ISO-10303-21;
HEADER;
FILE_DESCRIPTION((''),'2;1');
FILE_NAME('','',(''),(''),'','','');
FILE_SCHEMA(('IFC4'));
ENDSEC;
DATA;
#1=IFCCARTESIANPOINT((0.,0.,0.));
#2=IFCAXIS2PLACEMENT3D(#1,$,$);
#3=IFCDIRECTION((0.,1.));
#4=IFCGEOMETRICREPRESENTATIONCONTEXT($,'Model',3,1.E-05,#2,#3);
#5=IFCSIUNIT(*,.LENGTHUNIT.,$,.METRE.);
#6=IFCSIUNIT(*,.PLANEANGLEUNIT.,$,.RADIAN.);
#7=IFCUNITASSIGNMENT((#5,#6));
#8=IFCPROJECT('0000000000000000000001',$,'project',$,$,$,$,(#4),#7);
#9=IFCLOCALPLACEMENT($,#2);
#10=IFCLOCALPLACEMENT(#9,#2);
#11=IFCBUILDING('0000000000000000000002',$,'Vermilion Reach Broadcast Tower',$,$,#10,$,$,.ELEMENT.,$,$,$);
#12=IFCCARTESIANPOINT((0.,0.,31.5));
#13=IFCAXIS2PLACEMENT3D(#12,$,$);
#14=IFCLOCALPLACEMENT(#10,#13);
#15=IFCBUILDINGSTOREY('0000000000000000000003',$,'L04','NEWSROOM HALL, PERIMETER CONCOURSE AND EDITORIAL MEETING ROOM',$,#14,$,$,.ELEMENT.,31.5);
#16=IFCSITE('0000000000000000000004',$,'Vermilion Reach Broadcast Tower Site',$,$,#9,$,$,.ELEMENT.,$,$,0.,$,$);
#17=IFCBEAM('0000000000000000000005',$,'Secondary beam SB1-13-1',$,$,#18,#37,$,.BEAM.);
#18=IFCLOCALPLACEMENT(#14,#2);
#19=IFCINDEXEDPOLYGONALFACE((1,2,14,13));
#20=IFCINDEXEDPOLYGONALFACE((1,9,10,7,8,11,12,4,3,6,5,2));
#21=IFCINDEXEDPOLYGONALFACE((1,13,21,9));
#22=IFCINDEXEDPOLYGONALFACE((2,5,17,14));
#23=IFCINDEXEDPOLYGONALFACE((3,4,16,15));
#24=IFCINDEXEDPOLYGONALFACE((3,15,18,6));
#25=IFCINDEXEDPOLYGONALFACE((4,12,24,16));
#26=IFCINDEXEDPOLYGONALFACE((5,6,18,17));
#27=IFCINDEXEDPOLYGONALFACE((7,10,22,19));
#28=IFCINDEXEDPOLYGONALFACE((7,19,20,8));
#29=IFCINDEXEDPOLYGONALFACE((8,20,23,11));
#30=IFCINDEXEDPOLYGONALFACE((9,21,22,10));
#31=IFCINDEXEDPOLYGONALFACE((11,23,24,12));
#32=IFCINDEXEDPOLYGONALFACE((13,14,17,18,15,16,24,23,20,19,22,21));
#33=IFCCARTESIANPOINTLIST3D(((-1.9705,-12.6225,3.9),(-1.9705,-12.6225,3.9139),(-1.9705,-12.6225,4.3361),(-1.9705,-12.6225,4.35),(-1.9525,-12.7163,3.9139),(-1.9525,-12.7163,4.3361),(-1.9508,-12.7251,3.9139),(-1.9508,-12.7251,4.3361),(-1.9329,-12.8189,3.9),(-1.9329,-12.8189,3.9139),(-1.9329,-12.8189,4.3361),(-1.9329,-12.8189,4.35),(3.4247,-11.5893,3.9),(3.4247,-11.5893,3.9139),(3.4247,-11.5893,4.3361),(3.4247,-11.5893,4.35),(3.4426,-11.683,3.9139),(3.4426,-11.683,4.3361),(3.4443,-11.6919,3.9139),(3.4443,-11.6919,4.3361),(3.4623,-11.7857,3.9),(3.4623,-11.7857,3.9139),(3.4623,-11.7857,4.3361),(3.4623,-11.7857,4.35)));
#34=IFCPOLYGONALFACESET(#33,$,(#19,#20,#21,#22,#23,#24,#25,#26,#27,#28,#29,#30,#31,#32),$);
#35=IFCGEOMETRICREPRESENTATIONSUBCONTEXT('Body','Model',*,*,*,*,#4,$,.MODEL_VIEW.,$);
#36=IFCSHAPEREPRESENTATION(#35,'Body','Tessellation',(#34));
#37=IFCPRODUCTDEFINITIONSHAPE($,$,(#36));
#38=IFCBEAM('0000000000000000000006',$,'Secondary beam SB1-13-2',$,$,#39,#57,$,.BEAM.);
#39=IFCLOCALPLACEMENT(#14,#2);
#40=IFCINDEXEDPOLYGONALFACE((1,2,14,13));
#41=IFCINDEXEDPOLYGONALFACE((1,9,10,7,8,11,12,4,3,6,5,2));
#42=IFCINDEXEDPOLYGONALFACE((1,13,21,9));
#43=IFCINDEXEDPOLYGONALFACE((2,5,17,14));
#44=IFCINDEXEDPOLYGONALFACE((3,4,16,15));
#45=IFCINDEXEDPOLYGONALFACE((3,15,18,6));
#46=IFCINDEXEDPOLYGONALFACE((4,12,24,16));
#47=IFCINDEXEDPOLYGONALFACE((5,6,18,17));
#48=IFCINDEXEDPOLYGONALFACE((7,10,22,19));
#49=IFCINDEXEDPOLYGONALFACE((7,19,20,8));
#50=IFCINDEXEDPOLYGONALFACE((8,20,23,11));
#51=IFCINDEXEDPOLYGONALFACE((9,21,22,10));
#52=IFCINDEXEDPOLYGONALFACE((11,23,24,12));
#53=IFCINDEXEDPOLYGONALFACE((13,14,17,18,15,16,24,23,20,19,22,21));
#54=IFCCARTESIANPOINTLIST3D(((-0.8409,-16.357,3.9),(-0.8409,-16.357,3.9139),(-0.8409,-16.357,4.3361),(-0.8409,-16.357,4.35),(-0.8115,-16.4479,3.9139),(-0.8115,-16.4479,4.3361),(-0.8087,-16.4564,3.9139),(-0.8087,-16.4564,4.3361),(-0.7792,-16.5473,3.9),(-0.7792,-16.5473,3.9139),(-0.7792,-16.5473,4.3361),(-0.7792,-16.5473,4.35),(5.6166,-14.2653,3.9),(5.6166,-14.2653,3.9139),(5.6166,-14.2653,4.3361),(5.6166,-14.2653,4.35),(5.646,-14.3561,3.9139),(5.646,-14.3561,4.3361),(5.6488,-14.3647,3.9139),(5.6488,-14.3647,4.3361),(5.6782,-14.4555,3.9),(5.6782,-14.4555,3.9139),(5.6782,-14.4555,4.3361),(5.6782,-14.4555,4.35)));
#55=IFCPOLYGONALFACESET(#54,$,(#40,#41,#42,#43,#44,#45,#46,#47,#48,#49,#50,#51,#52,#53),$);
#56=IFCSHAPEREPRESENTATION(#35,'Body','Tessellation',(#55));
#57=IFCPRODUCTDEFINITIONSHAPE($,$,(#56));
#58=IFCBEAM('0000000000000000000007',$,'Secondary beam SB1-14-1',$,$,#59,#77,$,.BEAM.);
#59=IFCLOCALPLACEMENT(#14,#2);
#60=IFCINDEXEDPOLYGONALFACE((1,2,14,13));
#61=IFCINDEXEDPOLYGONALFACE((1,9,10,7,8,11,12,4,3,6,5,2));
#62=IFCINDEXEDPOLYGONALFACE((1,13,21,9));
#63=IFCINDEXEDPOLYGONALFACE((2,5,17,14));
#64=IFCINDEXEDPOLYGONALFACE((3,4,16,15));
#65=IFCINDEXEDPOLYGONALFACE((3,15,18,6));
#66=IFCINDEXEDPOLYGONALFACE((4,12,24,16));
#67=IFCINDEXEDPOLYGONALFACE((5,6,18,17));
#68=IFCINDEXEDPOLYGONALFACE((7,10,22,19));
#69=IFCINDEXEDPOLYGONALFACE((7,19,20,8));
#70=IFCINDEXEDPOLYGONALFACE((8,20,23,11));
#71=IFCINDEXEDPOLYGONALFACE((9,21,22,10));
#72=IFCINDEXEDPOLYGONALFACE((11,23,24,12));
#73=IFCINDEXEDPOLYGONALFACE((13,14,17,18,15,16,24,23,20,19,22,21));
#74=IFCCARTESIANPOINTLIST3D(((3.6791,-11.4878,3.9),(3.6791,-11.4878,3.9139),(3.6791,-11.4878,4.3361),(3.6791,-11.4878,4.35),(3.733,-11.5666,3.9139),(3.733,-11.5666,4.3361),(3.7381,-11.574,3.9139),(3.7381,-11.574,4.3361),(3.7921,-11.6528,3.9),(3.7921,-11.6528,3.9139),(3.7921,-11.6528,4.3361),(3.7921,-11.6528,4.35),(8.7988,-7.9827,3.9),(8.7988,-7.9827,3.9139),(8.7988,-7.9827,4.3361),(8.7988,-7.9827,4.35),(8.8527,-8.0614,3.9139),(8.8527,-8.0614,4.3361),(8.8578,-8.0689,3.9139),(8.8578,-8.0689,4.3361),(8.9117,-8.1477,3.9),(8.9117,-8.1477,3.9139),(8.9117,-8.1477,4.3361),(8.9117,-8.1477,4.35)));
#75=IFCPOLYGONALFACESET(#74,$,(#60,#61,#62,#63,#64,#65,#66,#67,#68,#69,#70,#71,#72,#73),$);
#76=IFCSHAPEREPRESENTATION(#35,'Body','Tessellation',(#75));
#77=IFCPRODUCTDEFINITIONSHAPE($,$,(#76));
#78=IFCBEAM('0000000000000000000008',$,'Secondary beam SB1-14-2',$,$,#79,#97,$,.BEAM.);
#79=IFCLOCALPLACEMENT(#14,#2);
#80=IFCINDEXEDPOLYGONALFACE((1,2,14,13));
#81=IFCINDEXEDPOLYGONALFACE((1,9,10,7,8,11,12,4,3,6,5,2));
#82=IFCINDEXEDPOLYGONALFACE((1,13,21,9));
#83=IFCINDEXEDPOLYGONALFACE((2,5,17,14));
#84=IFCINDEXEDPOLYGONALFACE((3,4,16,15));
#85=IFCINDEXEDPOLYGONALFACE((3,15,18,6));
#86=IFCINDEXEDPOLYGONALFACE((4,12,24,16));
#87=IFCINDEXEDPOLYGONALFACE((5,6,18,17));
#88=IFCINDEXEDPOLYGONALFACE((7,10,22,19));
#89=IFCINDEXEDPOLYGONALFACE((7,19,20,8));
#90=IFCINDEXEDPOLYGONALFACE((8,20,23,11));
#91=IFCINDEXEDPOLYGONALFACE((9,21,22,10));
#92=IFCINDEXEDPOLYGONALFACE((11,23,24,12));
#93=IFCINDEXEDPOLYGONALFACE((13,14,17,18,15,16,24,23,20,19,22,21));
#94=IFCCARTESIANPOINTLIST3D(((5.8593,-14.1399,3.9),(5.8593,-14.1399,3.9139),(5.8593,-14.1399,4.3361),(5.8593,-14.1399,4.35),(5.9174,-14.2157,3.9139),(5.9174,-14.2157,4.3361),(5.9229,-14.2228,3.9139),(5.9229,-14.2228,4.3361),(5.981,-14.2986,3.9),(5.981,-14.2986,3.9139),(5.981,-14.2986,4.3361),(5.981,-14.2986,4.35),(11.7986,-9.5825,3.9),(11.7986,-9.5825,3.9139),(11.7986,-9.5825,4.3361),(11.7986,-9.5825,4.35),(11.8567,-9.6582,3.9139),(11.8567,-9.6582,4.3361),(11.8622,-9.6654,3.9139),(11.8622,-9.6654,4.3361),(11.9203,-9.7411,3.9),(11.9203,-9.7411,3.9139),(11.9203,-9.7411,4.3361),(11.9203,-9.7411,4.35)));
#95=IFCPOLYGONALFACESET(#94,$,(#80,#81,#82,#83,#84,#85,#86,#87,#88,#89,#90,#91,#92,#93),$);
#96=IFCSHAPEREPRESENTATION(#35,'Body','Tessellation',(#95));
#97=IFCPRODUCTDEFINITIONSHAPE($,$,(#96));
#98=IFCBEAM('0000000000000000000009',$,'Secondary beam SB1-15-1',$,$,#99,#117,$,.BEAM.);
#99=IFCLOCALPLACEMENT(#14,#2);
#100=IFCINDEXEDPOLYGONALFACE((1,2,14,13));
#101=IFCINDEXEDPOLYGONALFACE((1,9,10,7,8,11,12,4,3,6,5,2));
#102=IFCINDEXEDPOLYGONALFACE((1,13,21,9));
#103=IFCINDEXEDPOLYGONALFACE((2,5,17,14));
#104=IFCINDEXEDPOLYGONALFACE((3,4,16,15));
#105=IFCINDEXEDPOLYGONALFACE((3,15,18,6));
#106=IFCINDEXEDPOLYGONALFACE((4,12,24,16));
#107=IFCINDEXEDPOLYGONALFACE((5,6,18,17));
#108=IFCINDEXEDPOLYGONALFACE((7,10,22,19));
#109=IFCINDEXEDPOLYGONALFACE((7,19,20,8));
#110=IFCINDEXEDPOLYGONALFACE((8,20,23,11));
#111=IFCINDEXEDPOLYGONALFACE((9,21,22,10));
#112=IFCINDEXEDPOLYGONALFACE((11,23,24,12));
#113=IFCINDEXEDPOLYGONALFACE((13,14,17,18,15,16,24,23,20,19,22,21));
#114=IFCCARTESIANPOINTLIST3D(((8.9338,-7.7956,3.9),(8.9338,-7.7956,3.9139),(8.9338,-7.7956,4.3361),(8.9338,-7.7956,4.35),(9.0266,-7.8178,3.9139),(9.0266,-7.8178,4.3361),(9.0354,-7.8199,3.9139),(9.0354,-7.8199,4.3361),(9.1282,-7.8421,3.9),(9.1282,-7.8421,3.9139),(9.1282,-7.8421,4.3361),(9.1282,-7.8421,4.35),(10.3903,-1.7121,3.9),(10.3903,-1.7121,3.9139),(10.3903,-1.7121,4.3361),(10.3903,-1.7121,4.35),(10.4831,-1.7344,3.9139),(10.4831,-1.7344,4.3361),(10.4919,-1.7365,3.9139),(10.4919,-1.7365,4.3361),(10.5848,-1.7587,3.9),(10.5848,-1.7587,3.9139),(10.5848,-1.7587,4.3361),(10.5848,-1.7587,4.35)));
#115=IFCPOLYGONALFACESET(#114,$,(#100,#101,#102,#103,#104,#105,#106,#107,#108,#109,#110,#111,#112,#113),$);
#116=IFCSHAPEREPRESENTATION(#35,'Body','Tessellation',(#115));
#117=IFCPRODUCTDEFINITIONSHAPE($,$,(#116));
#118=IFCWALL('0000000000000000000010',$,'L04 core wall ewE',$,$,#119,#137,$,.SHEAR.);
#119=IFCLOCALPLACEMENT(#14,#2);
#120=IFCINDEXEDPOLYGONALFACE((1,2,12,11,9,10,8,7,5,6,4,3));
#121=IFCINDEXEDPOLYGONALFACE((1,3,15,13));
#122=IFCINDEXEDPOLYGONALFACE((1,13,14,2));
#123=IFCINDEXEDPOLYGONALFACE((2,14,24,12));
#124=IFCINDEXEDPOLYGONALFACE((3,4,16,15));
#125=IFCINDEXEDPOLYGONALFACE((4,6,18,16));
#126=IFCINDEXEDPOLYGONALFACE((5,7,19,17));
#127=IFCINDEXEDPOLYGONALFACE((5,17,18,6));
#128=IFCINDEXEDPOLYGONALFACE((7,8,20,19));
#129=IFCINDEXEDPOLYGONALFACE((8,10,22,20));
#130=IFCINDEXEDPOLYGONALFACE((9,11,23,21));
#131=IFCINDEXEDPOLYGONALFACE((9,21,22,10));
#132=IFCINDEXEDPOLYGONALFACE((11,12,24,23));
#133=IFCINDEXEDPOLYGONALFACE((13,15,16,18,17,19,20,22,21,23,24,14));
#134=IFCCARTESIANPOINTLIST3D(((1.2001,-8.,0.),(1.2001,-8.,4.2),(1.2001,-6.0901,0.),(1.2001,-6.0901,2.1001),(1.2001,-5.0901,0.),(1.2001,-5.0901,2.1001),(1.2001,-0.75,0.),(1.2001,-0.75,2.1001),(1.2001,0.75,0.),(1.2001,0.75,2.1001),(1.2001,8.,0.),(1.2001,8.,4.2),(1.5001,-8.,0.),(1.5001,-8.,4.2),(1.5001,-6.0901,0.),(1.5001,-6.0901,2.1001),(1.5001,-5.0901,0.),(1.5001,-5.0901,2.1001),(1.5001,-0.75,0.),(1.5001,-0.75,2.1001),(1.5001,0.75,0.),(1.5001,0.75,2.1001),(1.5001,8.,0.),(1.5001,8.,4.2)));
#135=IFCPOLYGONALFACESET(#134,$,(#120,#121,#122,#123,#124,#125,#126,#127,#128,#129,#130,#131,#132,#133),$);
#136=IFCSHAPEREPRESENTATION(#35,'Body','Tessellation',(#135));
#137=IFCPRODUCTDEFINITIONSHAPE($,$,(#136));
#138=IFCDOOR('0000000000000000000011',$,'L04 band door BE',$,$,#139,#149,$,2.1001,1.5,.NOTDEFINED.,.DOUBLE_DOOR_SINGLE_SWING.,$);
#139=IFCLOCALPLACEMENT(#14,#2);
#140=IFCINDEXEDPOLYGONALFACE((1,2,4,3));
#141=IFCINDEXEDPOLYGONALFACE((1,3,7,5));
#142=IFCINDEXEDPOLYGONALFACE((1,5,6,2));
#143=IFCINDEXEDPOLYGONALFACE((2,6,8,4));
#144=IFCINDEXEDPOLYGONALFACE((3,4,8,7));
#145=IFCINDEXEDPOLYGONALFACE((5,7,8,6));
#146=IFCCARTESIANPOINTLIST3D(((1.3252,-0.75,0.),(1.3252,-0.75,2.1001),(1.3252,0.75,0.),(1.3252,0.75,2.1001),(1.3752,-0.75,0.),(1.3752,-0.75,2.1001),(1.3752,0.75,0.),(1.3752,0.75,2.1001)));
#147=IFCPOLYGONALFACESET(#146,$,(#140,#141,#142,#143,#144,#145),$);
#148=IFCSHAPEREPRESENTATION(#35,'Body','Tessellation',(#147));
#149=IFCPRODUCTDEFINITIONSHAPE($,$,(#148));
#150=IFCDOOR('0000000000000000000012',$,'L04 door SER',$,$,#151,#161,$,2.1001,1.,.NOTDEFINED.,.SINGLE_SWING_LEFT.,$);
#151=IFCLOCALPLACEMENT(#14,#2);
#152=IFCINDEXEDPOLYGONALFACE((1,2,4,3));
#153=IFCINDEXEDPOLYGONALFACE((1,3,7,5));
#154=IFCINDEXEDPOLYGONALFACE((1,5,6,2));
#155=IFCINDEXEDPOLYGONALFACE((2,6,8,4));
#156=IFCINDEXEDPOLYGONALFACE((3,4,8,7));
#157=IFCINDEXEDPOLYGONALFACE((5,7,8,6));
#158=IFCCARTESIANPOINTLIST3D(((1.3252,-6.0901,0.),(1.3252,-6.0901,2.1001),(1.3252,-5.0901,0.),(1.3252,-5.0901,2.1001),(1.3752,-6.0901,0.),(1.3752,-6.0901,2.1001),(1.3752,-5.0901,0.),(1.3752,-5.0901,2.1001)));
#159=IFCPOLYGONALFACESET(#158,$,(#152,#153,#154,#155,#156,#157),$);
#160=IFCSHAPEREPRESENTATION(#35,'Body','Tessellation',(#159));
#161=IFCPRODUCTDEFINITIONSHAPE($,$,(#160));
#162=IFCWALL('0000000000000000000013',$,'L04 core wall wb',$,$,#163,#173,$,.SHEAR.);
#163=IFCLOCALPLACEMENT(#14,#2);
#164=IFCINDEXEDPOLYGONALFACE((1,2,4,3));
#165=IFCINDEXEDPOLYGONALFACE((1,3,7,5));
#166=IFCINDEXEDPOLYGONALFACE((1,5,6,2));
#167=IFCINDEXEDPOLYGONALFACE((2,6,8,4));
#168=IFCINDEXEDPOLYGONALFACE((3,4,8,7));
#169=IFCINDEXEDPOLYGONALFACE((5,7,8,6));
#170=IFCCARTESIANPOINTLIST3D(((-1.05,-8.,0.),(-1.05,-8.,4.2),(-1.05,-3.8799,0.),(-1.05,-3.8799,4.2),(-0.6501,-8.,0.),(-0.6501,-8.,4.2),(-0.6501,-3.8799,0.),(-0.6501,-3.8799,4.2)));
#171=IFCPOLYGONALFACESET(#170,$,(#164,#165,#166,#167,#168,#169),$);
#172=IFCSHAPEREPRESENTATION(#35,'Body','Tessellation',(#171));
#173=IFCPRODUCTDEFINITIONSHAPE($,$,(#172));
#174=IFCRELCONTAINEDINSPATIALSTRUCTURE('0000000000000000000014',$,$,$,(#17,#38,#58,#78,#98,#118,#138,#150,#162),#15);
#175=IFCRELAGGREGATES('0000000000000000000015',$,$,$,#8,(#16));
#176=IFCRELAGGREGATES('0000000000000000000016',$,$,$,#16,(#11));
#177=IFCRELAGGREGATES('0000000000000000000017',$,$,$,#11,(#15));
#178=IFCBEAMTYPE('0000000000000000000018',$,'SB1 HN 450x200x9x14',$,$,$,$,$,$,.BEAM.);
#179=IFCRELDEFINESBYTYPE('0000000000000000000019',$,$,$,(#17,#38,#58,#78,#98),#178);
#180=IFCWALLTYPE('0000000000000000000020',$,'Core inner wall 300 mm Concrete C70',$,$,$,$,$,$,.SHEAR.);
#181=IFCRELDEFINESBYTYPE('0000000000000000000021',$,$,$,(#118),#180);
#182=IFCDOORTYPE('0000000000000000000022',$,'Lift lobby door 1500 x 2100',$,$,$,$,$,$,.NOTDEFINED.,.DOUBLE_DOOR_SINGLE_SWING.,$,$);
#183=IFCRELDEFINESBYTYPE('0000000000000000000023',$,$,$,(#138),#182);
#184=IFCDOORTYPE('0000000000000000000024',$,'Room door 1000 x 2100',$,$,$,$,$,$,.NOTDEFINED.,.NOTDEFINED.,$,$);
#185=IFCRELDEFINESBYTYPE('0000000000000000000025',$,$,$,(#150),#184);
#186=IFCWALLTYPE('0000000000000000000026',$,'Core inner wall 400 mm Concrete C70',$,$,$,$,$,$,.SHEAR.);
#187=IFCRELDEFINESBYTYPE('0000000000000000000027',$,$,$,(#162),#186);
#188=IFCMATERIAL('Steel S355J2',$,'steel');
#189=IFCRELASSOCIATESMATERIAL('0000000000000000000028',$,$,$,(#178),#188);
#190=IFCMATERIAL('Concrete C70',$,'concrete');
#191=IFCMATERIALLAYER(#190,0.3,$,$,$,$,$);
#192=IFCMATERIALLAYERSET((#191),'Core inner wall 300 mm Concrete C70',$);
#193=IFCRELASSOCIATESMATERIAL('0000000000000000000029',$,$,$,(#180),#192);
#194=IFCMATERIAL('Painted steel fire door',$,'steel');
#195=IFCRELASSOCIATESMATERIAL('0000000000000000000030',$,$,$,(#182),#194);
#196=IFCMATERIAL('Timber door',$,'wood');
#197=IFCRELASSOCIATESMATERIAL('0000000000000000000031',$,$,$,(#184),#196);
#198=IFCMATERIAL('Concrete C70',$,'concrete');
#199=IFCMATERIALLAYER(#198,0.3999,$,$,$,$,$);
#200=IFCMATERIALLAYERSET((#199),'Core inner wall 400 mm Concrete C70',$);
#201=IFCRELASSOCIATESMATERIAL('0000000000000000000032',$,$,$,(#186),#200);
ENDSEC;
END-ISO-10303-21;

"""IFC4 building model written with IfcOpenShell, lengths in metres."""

from ifc_helpers import new_model, si_unit, direction, frame, frame_2d, origin, origin_2d, place, context, subcontext, project, spatial, rectangle, i_section, extrude, material, layer, layer_set, material_profile, profile_set, type_object, element, fill, save


model = new_model("IFC4")

# Units and contexts
model_context = context("Model", 3, precision=1e-05, world=origin(), true_north=direction((0.0, 1.0)))
body_context = subcontext(model_context, "Body", "Model", "MODEL_VIEW")
ifc_project = project(units=[si_unit("LENGTHUNIT", "METRE"), si_unit("PLANEANGLEUNIT", "RADIAN")], contexts=[model_context])

# Site, building, storey
site_placement = place(None, origin())
site = spatial("IfcSite", under=ifc_project, at=site_placement, Name="Vermilion Reach Broadcast Tower Site", CompositionType="ELEMENT", RefElevation=0.0)
building_placement = place(site_placement, origin())
building = spatial("IfcBuilding", under=site, at=building_placement, Name="Vermilion Reach Broadcast Tower", CompositionType="ELEMENT")
storey_placement = place(building_placement, frame((0.0, 0.0, 31.5)))
storey = spatial("IfcBuildingStorey", under=building, at=storey_placement, Name="L04", Description="NEWSROOM HALL, PERIMETER CONCOURSE AND EDITORIAL MEETING ROOM", CompositionType="ELEMENT", Elevation=31.5)

# Beams
ifc_material_1 = material(Name="Steel S355J2", Category="steel")
ifc_material_profile_1 = material_profile(ifc_material_1, i_section(OverallWidth=0.2, OverallDepth=0.45, WebThickness=0.009, FlangeThickness=0.0139, at=origin_2d()), Name="S355J2 HN 450x200x9x14")
ifc_profile_set_1 = profile_set([ifc_material_profile_1], Name="Steel S355J2")
beam_type_1 = type_object("IfcBeamType", Name="SB1 HN 450x200x9x14", PredefinedType="BEAM", material=ifc_profile_set_1)
beam_1_placement = place(storey_placement, frame((-1.9517, -12.7207, 4.125), z_axis=(0.982151, 0.188092, 0.0), x_axis=(-0.188092, 0.982151, 0.0)))
element("IfcBeam", 1, at=beam_1_placement, inside=storey, type_object=beam_type_1, Name="Secondary beam SB1-13-1", PredefinedType="BEAM", context=body_context, shape_type="SweptSolid", body=[
    extrude(i_section(OverallWidth=0.2, OverallDepth=0.45, WebThickness=0.009, FlangeThickness=0.0139, at=origin_2d()), origin(), (0.0, 0.0, 1.0), 5.4932),
])
beam_2_placement = place(storey_placement, frame((-0.8101, -16.4521, 4.125), z_axis=(0.951332, 0.308167, 0.0), x_axis=(-0.308167, 0.951332, 0.0)))
element("IfcBeam", 2, at=beam_2_placement, inside=storey, type_object=beam_type_1, Name="Secondary beam SB1-13-2", PredefinedType="BEAM", context=body_context, shape_type="SweptSolid", body=[
    extrude(i_section(OverallWidth=0.2, OverallDepth=0.45, WebThickness=0.009, FlangeThickness=0.0139, at=origin_2d()), origin(), (0.0, 0.0, 1.0), 6.7878),
])
beam_3_placement = place(storey_placement, frame((3.7356, -11.5703, 4.125), z_axis=(0.82514, 0.564928, 0.0), x_axis=(-0.564928, 0.82514, 0.0)))
element("IfcBeam", 3, at=beam_3_placement, inside=storey, type_object=beam_type_1, Name="Secondary beam SB1-14-1", PredefinedType="BEAM", context=body_context, shape_type="SweptSolid", body=[
    extrude(i_section(OverallWidth=0.2, OverallDepth=0.45, WebThickness=0.009, FlangeThickness=0.0139, at=origin_2d()), origin(), (0.0, 0.0, 1.0), 6.2046),
])
beam_4_placement = place(storey_placement, frame((5.9202, -14.2192, 4.125), z_axis=(0.79335, 0.608766, 0.0), x_axis=(-0.608766, 0.79335, 0.0)))
element("IfcBeam", 4, at=beam_4_placement, inside=storey, type_object=beam_type_1, Name="Secondary beam SB1-14-2", PredefinedType="BEAM", context=body_context, shape_type="SweptSolid", body=[
    extrude(i_section(OverallWidth=0.2, OverallDepth=0.45, WebThickness=0.009, FlangeThickness=0.0139, at=origin_2d()), origin(), (0.0, 0.0, 1.0), 7.4863),
])
beam_5_placement = place(storey_placement, frame((9.031, -7.8188, 4.125), z_axis=(0.232844, 0.972514, 0.0), x_axis=(-0.972514, 0.232844, 0.0)))
element("IfcBeam", 5, at=beam_5_placement, inside=storey, type_object=beam_type_1, Name="Secondary beam SB1-15-1", PredefinedType="BEAM", context=body_context, shape_type="SweptSolid", body=[
    extrude(i_section(OverallWidth=0.2, OverallDepth=0.45, WebThickness=0.009, FlangeThickness=0.0139, at=origin_2d()), origin(), (0.0, 0.0, 1.0), 6.2554),
])

# Wall, openings, doors
ifc_material_2 = material(Name="Concrete C70", Category="concrete")
ifc_layer_1 = layer(ifc_material_2, 0.3)
ifc_layer_set_1 = layer_set([ifc_layer_1], Name="Core inner wall 300 mm Concrete C70")
wall_type_1 = type_object("IfcWallType", Name="Core inner wall 300 mm Concrete C70", PredefinedType="SHEAR", material=ifc_layer_set_1)
wall_1_placement = place(storey_placement, frame((1.3501, -8.0, 0.0), z_axis=(0.0, 0.0, 1.0), x_axis=(0.0, 1.0, 0.0)))
wall_1 = element("IfcWall", 6, at=wall_1_placement, inside=storey, type_object=wall_type_1, Name="L04 core wall ewE", PredefinedType="SHEAR", context=body_context, shape_type="SweptSolid", body=[
    extrude(rectangle(XDim=16.0, YDim=0.3, at=frame_2d((8.0, 0.0))), origin(), (0.0, 0.0, 1.0), 4.2),
])
opening_1_placement = place(wall_1_placement, frame((1.9099, 0.0, 0.0)))
opening_1 = element("IfcOpeningElement", 7, at=opening_1_placement, cuts=wall_1, PredefinedType="OPENING", context=body_context, shape_type="SweptSolid", body=[
    extrude(rectangle(XDim=1.0, YDim=2.1001, at=frame_2d((0.5, 1.05))), frame((0.0, 0.1599, 0.0), z_axis=(0.0, -1.0, 0.0), x_axis=(1.0, 0.0, 0.0)), (0.0, 0.0, 1.0), 0.3201),
])
opening_2_placement = place(wall_1_placement, frame((7.25, 0.0, 0.0)))
opening_2 = element("IfcOpeningElement", 8, at=opening_2_placement, cuts=wall_1, PredefinedType="OPENING", context=body_context, shape_type="SweptSolid", body=[
    extrude(rectangle(XDim=1.5, YDim=2.1001, at=frame_2d((0.75, 1.05))), frame((0.0, 0.1599, 0.0), z_axis=(0.0, -1.0, 0.0), x_axis=(1.0, 0.0, 0.0)), (0.0, 0.0, 1.0), 0.3201),
])
ifc_material_3 = material(Name="Painted steel fire door", Category="steel")
door_type_1 = type_object("IfcDoorType", Name="Lift lobby door 1500 x 2100", OperationType="DOUBLE_DOOR_SINGLE_SWING", PredefinedType="NOTDEFINED", material=ifc_material_3)
door_1_placement = place(opening_2_placement, origin())
door_1 = element("IfcDoor", 9, at=door_1_placement, inside=storey, type_object=door_type_1, Name="L04 band door BE", OperationType="DOUBLE_DOOR_SINGLE_SWING", OverallHeight=2.1001, OverallWidth=1.5, PredefinedType="NOTDEFINED", context=body_context, shape_type="SweptSolid", body=[
    extrude(rectangle(XDim=1.5, YDim=2.1001, at=frame_2d((0.75, 1.05))), frame((0.0, 0.0249, 0.0), z_axis=(0.0, -1.0, 0.0), x_axis=(1.0, 0.0, 0.0)), (0.0, 0.0, 1.0), 0.05),
])
fill(opening_2, door_1)
ifc_material_4 = material(Name="Timber door", Category="wood")
door_type_2 = type_object("IfcDoorType", Name="Room door 1000 x 2100", OperationType="NOTDEFINED", PredefinedType="NOTDEFINED", material=ifc_material_4)
door_2_placement = place(opening_1_placement, origin())
door_2 = element("IfcDoor", 10, at=door_2_placement, inside=storey, type_object=door_type_2, Name="L04 door SER", OperationType="SINGLE_SWING_LEFT", OverallHeight=2.1001, OverallWidth=1.0, PredefinedType="NOTDEFINED", context=body_context, shape_type="SweptSolid", body=[
    extrude(rectangle(XDim=1.0, YDim=2.1001, at=frame_2d((0.5, 1.05))), frame((0.0, 0.0249, 0.0), z_axis=(0.0, -1.0, 0.0), x_axis=(1.0, 0.0, 0.0)), (0.0, 0.0, 1.0), 0.05),
])
fill(opening_1, door_2)

# Wall
ifc_material_5 = material(Name="Concrete C70", Category="concrete")
ifc_layer_2 = layer(ifc_material_5, 0.3999)
ifc_layer_set_2 = layer_set([ifc_layer_2], Name="Core inner wall 400 mm Concrete C70")
wall_type_2 = type_object("IfcWallType", Name="Core inner wall 400 mm Concrete C70", PredefinedType="SHEAR", material=ifc_layer_set_2)
wall_2_placement = place(storey_placement, frame((-0.8501, -3.8799, 0.0), z_axis=(0.0, 0.0, 1.0), x_axis=(0.0, -1.0, 0.0)))
element("IfcWall", 11, at=wall_2_placement, inside=storey, type_object=wall_type_2, Name="L04 core wall wb", PredefinedType="SHEAR", context=body_context, shape_type="SweptSolid", body=[
    extrude(rectangle(XDim=4.1201, YDim=0.3999, at=frame_2d((2.0601, 0.0))), origin(), (0.0, 0.0, 1.0), 4.2),
])

save(model, "model.ifc")
